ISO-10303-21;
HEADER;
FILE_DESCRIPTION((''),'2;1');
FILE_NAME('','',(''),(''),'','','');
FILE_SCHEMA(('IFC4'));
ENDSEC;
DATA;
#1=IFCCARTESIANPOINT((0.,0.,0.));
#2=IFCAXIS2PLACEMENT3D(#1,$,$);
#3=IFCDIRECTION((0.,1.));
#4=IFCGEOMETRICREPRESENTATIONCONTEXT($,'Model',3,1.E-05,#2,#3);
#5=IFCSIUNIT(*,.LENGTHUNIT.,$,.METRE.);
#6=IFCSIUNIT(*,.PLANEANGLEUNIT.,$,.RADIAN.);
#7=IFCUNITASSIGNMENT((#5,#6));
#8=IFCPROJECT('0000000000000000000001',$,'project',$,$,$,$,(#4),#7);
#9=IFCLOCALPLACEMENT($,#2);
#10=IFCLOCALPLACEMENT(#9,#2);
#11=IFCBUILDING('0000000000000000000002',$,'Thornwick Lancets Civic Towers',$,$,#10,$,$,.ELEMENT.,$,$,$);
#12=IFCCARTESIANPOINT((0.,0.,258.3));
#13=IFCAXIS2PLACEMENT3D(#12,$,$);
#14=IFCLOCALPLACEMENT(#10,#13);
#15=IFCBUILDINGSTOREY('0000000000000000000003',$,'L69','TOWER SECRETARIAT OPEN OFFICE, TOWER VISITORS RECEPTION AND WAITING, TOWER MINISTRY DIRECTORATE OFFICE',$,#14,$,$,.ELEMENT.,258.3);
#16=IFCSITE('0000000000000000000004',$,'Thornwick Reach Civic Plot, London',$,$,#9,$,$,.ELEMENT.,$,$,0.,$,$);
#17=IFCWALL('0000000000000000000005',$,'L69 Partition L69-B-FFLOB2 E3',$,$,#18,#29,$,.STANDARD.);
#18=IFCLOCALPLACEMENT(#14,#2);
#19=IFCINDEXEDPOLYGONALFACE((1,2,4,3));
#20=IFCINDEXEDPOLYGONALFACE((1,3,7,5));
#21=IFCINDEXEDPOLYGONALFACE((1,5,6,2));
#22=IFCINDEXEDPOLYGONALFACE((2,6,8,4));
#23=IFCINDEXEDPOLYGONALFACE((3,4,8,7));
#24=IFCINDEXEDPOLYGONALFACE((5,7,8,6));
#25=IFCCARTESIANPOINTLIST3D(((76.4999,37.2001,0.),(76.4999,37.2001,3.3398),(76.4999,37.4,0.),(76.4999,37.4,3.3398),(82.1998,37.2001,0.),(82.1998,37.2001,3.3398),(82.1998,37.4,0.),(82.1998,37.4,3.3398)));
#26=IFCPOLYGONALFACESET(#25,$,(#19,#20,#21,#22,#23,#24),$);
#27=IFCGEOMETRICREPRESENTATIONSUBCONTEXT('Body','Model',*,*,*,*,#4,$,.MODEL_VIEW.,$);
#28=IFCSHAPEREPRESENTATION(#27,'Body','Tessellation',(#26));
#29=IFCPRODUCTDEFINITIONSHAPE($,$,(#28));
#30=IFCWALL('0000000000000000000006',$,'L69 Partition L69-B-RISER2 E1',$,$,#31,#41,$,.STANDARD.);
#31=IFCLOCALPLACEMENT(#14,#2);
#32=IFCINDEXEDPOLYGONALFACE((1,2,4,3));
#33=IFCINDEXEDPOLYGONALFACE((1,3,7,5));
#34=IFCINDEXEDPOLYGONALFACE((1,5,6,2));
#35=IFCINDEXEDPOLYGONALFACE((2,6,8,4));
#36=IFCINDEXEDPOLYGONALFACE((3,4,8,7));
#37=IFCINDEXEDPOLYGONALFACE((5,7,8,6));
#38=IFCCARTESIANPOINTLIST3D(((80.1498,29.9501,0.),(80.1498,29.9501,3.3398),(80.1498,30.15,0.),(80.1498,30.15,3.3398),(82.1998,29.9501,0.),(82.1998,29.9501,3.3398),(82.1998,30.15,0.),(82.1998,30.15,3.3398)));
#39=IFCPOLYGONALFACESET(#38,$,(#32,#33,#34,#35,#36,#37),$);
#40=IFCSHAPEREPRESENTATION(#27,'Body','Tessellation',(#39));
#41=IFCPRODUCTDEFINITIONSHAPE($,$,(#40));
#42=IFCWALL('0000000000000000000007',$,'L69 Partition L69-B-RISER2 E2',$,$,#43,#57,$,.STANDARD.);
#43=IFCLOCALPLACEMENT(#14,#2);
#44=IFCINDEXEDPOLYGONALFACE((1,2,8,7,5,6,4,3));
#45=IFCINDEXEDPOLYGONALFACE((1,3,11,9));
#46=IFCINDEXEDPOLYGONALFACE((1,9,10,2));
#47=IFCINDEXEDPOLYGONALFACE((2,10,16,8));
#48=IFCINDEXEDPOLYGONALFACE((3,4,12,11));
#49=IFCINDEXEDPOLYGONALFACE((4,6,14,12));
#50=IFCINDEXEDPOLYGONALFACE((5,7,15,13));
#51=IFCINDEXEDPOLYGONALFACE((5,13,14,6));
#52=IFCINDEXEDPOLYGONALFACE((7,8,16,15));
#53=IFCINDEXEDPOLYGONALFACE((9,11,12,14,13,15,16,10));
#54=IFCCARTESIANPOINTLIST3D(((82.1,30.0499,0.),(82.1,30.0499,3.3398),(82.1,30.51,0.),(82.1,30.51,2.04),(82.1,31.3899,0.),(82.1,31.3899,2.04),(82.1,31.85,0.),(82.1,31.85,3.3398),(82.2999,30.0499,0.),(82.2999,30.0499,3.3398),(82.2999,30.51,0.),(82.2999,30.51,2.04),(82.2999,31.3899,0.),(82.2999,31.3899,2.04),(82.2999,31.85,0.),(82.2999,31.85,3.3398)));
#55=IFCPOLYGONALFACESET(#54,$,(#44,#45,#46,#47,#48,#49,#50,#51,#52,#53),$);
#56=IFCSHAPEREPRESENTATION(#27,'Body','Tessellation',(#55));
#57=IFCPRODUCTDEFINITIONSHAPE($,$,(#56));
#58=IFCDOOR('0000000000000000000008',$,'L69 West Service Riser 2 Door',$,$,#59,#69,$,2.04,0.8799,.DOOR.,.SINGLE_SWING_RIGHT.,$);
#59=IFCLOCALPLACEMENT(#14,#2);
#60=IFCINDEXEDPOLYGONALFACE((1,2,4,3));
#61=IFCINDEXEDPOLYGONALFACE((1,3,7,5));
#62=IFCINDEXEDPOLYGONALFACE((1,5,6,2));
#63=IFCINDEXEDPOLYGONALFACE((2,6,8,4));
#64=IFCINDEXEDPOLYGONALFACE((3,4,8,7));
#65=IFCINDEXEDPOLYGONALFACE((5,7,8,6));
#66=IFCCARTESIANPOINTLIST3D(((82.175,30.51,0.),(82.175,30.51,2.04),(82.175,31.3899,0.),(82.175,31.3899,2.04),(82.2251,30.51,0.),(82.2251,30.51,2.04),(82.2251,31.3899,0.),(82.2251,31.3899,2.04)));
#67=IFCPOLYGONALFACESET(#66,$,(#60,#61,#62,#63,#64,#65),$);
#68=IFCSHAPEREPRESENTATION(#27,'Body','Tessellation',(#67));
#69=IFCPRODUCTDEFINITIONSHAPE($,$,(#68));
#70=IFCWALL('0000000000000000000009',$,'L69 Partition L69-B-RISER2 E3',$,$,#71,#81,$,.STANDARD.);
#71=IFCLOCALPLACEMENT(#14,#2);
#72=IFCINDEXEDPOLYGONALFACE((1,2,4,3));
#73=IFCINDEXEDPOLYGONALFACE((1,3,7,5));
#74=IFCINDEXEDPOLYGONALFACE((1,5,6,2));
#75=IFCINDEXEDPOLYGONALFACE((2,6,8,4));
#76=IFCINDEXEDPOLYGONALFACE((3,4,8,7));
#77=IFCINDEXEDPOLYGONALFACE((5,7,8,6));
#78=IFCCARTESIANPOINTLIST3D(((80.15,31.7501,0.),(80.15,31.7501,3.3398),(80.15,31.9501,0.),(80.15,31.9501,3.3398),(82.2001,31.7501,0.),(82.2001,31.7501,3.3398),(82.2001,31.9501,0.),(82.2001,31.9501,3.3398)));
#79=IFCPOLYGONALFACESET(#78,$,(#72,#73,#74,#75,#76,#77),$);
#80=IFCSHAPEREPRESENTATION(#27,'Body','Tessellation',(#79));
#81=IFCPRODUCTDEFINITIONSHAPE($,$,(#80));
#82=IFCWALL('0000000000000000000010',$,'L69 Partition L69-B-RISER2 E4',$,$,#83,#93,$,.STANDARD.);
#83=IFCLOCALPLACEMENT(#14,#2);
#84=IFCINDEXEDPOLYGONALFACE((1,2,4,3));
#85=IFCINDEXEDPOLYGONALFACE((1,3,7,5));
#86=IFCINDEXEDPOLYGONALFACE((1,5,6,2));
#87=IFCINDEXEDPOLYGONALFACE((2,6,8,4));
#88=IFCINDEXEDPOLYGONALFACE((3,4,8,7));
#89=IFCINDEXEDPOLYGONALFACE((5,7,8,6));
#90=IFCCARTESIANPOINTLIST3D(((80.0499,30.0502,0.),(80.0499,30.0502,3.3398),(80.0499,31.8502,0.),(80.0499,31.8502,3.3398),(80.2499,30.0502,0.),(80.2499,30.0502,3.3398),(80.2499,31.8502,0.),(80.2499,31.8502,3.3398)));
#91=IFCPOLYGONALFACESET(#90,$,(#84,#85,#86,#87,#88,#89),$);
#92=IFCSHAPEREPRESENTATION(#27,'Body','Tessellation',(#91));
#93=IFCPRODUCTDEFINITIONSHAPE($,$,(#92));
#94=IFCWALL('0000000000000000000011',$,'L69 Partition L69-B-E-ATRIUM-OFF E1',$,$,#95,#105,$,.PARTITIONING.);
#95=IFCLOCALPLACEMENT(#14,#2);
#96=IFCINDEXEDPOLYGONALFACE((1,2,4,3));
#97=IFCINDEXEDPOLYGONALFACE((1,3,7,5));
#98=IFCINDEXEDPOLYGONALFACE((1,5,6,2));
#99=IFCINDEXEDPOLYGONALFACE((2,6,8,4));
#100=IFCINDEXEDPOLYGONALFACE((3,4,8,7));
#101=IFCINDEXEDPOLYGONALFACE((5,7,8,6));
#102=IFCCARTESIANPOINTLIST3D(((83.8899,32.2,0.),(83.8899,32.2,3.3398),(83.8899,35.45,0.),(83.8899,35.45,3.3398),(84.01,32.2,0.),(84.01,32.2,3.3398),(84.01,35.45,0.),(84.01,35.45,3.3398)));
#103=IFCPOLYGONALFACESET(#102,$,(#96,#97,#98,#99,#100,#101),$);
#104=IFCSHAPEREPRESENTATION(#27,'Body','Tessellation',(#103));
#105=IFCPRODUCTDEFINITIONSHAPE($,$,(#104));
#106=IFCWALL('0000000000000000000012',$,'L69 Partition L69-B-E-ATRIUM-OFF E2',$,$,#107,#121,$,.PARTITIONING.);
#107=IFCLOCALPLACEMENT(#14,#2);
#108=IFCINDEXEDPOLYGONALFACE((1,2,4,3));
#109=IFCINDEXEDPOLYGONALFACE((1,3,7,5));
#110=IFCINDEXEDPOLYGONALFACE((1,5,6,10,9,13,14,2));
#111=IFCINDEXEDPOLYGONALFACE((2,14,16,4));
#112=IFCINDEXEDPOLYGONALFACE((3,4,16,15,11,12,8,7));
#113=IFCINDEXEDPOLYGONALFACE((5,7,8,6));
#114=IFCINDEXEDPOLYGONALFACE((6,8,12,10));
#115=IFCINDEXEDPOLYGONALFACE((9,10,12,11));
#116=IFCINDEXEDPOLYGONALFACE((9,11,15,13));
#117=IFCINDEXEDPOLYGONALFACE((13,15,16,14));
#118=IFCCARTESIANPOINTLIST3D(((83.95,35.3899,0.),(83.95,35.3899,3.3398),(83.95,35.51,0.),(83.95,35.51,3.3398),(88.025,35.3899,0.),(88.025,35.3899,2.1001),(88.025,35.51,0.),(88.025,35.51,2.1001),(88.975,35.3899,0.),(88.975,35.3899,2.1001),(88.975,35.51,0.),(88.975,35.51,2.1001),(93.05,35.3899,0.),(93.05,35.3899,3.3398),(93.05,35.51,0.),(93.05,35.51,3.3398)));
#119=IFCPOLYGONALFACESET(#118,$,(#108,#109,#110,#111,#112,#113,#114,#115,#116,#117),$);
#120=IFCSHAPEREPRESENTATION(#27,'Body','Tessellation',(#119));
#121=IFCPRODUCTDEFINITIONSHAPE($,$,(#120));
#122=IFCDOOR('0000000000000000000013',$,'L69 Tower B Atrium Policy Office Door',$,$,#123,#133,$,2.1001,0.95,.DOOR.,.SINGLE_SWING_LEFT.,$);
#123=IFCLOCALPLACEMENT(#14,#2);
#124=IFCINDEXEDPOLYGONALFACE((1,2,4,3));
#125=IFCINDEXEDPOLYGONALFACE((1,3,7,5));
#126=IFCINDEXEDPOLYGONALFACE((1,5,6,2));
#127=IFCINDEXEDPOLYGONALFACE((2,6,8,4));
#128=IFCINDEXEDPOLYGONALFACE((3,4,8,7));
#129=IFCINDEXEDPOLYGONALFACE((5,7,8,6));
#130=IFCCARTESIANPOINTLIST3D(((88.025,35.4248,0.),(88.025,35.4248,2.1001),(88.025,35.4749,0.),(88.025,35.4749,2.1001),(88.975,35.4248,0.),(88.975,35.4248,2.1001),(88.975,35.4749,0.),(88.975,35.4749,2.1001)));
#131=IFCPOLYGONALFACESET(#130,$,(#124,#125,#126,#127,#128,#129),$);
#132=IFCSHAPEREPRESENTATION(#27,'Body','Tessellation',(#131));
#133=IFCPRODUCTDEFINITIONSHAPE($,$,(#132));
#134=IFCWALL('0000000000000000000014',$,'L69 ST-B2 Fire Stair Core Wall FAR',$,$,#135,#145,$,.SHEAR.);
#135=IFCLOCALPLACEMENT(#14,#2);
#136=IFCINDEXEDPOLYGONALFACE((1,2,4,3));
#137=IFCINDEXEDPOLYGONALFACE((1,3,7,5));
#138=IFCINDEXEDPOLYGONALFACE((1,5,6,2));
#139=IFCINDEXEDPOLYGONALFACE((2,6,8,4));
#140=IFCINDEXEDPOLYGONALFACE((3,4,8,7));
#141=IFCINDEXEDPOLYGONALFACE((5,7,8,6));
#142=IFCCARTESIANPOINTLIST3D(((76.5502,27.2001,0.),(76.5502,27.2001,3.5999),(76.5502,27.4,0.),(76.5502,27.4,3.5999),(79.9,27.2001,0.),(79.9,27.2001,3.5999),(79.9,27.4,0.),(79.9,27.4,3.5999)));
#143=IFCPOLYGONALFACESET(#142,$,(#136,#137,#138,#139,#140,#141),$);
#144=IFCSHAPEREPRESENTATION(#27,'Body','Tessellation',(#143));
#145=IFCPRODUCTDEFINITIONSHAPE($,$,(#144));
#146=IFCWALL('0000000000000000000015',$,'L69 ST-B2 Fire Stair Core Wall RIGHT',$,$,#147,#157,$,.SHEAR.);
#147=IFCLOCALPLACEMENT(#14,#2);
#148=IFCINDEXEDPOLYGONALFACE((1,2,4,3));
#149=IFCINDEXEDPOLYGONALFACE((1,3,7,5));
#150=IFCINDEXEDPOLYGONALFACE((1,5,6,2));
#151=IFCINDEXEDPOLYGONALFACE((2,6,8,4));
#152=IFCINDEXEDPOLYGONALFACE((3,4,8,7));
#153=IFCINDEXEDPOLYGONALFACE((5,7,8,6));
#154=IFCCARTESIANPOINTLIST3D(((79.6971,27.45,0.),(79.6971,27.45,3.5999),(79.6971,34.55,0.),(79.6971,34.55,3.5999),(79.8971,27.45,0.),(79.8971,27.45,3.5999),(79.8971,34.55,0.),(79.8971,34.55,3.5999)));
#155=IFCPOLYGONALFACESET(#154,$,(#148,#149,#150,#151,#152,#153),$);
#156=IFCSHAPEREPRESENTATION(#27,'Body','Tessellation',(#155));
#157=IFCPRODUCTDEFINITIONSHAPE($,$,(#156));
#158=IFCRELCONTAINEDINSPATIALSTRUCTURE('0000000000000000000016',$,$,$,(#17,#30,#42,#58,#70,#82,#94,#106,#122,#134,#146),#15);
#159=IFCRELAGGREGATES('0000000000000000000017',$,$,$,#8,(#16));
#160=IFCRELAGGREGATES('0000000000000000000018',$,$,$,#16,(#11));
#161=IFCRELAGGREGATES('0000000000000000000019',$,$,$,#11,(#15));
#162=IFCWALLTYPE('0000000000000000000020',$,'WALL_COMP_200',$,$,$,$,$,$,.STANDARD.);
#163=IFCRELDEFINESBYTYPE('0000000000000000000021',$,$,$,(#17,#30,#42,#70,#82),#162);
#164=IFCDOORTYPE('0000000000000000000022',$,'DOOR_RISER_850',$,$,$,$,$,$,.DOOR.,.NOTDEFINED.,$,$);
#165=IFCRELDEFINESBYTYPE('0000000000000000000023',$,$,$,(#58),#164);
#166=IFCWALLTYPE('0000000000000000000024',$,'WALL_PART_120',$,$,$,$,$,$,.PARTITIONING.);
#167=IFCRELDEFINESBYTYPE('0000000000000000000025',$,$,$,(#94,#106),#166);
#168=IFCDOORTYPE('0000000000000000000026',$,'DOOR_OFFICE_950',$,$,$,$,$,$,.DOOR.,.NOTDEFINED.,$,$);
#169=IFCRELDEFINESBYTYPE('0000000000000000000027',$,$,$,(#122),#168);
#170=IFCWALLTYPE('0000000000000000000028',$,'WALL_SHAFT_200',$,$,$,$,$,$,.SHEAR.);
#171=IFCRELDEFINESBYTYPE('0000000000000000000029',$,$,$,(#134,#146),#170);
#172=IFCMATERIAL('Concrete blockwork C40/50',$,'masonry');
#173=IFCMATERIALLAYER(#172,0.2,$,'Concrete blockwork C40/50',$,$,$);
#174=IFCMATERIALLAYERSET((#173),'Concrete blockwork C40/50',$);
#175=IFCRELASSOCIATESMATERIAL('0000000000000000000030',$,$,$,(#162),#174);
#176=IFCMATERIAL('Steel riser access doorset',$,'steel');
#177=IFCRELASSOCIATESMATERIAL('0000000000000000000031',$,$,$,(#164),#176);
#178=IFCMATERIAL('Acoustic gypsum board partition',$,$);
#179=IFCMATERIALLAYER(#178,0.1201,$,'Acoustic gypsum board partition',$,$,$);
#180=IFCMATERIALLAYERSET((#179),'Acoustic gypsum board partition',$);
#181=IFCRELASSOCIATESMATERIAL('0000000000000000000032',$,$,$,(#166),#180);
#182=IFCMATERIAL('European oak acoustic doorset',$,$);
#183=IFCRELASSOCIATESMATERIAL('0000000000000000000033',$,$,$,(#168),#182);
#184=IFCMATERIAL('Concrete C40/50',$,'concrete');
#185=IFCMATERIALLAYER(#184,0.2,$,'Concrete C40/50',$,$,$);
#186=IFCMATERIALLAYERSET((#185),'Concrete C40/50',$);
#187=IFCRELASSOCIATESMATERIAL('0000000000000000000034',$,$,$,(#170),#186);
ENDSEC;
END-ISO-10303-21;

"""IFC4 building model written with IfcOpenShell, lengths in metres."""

from ifc_helpers import new_model, si_unit, direction, frame, frame_2d, origin, place, context, subcontext, project, spatial, rectangle, extrude, material, layer, layer_set, type_object, element, fill, save


model = new_model("IFC4")

# Units and contexts
model_context = context("Model", 3, precision=1e-05, world=origin(), true_north=direction((0.0, 1.0)))
body_context = subcontext(model_context, "Body", "Model", "MODEL_VIEW")
ifc_project = project(units=[si_unit("LENGTHUNIT", "METRE"), si_unit("PLANEANGLEUNIT", "RADIAN")], contexts=[model_context])

# Site, building, storey
site_placement = place(None, origin())
site = spatial("IfcSite", under=ifc_project, at=site_placement, Name="Thornwick Reach Civic Plot, London", CompositionType="ELEMENT", RefElevation=0.0)
building_placement = place(site_placement, origin())
building = spatial("IfcBuilding", under=site, at=building_placement, Name="Thornwick Lancets Civic Towers", CompositionType="ELEMENT")
storey_placement = place(building_placement, frame((0.0, 0.0, 258.3)))
storey = spatial("IfcBuildingStorey", under=building, at=storey_placement, Name="L69", Description="TOWER SECRETARIAT OPEN OFFICE, TOWER VISITORS RECEPTION AND WAITING, TOWER MINISTRY DIRECTORATE OFFICE", CompositionType="ELEMENT", Elevation=258.3)

# Shared definitions
ifc_material_1 = material(Name="Concrete blockwork C40/50", Category="masonry")
ifc_layer_1 = layer(ifc_material_1, 0.2, Name="Concrete blockwork C40/50")
ifc_layer_set_1 = layer_set([ifc_layer_1], Name="Concrete blockwork C40/50")
wall_type_1 = type_object("IfcWallType", Name="WALL_COMP_200", PredefinedType="STANDARD", material=ifc_layer_set_1)

# Walls
wall_1_placement = place(storey_placement, frame((82.2, 37.3, 0.0), z_axis=(0.0, 0.0, 1.0), x_axis=(-1.0, 0.0, 0.0)))
element("IfcWall", 1, at=wall_1_placement, inside=storey, type_object=wall_type_1, Name="L69 Partition L69-B-FFLOB2 E3", PredefinedType="STANDARD", context=body_context, shape_type="SweptSolid", body=[
    extrude(rectangle(XDim=5.7, YDim=0.2, at=frame_2d((2.8501, 0.0))), origin(), (0.0, 0.0, 1.0), 3.3398),
])
wall_2_placement = place(storey_placement, frame((80.1499, 30.05, 0.0), z_axis=(0.0, 0.0, 1.0), x_axis=(1.0, 0.0, 0.0)))
element("IfcWall", 2, at=wall_2_placement, inside=storey, type_object=wall_type_1, Name="L69 Partition L69-B-RISER2 E1", PredefinedType="STANDARD", context=body_context, shape_type="SweptSolid", body=[
    extrude(rectangle(XDim=2.05, YDim=0.2, at=frame_2d((1.0249, 0.0))), origin(), (0.0, 0.0, 1.0), 3.3398),
])

# Wall, opening, door
wall_3_placement = place(storey_placement, frame((82.2, 30.05, 0.0), z_axis=(0.0, 0.0, 1.0), x_axis=(0.0, 1.0, 0.0)))
wall_3 = element("IfcWall", 3, at=wall_3_placement, inside=storey, type_object=wall_type_1, Name="L69 Partition L69-B-RISER2 E2", PredefinedType="STANDARD", context=body_context, shape_type="SweptSolid", body=[
    extrude(rectangle(XDim=1.8, YDim=0.2, at=frame_2d((0.8999, 0.0))), origin(), (0.0, 0.0, 1.0), 3.3398),
])
opening_1_placement = place(wall_3_placement, frame((0.46, 0.0, 0.0)))
opening_1 = element("IfcOpeningElement", 4, at=opening_1_placement, cuts=wall_3, PredefinedType="OPENING", context=body_context, shape_type="SweptSolid", body=[
    extrude(rectangle(XDim=0.8799, YDim=2.04, at=frame_2d((0.4399, 1.02))), frame((0.0, 0.1099, 0.0), z_axis=(0.0, -1.0, 0.0), x_axis=(1.0, 0.0, 0.0)), (0.0, 0.0, 1.0), 0.22),
])
ifc_material_2 = material(Name="Steel riser access doorset", Category="steel")
door_type_1 = type_object("IfcDoorType", Name="DOOR_RISER_850", OperationType="NOTDEFINED", PredefinedType="DOOR", material=ifc_material_2)
door_1_placement = place(opening_1_placement, origin())
door_1 = element("IfcDoor", 5, at=door_1_placement, inside=storey, type_object=door_type_1, Name="L69 West Service Riser 2 Door", OperationType="SINGLE_SWING_RIGHT", OverallHeight=2.04, OverallWidth=0.8799, PredefinedType="DOOR", context=body_context, shape_type="SweptSolid", body=[
    extrude(rectangle(XDim=0.8799, YDim=2.04, at=frame_2d((0.4399, 1.02))), frame((0.0, 0.0249, 0.0), z_axis=(0.0, -1.0, 0.0), x_axis=(1.0, 0.0, 0.0)), (0.0, 0.0, 1.0), 0.05),
])
fill(opening_1, door_1)

# Walls
wall_4_placement = place(storey_placement, frame((82.2, 31.8501, 0.0), z_axis=(0.0, 0.0, 1.0), x_axis=(-1.0, 0.0, 0.0)))
element("IfcWall", 6, at=wall_4_placement, inside=storey, type_object=wall_type_1, Name="L69 Partition L69-B-RISER2 E3", PredefinedType="STANDARD", context=body_context, shape_type="SweptSolid", body=[
    extrude(rectangle(XDim=2.05, YDim=0.2, at=frame_2d((1.0249, 0.0))), origin(), (0.0, 0.0, 1.0), 3.3398),
])
wall_5_placement = place(storey_placement, frame((80.1499, 31.8501, 0.0), z_axis=(0.0, 0.0, 1.0), x_axis=(0.0, -1.0, 0.0)))
element("IfcWall", 7, at=wall_5_placement, inside=storey, type_object=wall_type_1, Name="L69 Partition L69-B-RISER2 E4", PredefinedType="STANDARD", context=body_context, shape_type="SweptSolid", body=[
    extrude(rectangle(XDim=1.8, YDim=0.2, at=frame_2d((0.8999, 0.0))), origin(), (0.0, 0.0, 1.0), 3.3398),
])
ifc_material_3 = material(Name="Acoustic gypsum board partition")
ifc_layer_2 = layer(ifc_material_3, 0.1201, Name="Acoustic gypsum board partition")
ifc_layer_set_2 = layer_set([ifc_layer_2], Name="Acoustic gypsum board partition")
wall_type_2 = type_object("IfcWallType", Name="WALL_PART_120", PredefinedType="PARTITIONING", material=ifc_layer_set_2)
wall_6_placement = place(storey_placement, frame((83.95, 32.2, 0.0), z_axis=(0.0, 0.0, 1.0), x_axis=(0.0, 1.0, 0.0)))
element("IfcWall", 8, at=wall_6_placement, inside=storey, type_object=wall_type_2, Name="L69 Partition L69-B-E-ATRIUM-OFF E1", PredefinedType="PARTITIONING", context=body_context, shape_type="SweptSolid", body=[
    extrude(rectangle(XDim=3.25, YDim=0.1201, at=frame_2d((1.625, 0.0))), origin(), (0.0, 0.0, 1.0), 3.3398),
])

# Wall, opening, door
wall_7_placement = place(storey_placement, frame((83.95, 35.45, 0.0), z_axis=(0.0, 0.0, 1.0), x_axis=(1.0, 0.0, 0.0)))
wall_7 = element("IfcWall", 9, at=wall_7_placement, inside=storey, type_object=wall_type_2, Name="L69 Partition L69-B-E-ATRIUM-OFF E2", PredefinedType="PARTITIONING", context=body_context, shape_type="SweptSolid", body=[
    extrude(rectangle(XDim=9.1001, YDim=0.1201, at=frame_2d((4.55, 0.0))), origin(), (0.0, 0.0, 1.0), 3.3398),
])
opening_2_placement = place(wall_7_placement, frame((4.075, 0.0, 0.0)))
opening_2 = element("IfcOpeningElement", 10, at=opening_2_placement, cuts=wall_7, PredefinedType="OPENING", context=body_context, shape_type="SweptSolid", body=[
    extrude(rectangle(XDim=0.95, YDim=2.1001, at=frame_2d((0.4751, 1.05))), frame((0.0, 0.0701, 0.0), z_axis=(0.0, -1.0, 0.0), x_axis=(1.0, 0.0, 0.0)), (0.0, 0.0, 1.0), 0.1401),
])
ifc_material_4 = material(Name="European oak acoustic doorset")
door_type_2 = type_object("IfcDoorType", Name="DOOR_OFFICE_950", OperationType="NOTDEFINED", PredefinedType="DOOR", material=ifc_material_4)
door_2_placement = place(opening_2_placement, origin())
door_2 = element("IfcDoor", 11, at=door_2_placement, inside=storey, type_object=door_type_2, Name="L69 Tower B Atrium Policy Office Door", OperationType="SINGLE_SWING_LEFT", OverallHeight=2.1001, OverallWidth=0.95, PredefinedType="DOOR", context=body_context, shape_type="SweptSolid", body=[
    extrude(rectangle(XDim=0.95, YDim=2.1001, at=frame_2d((0.4751, 1.05))), frame((0.0, 0.0249, 0.0), z_axis=(0.0, -1.0, 0.0), x_axis=(1.0, 0.0, 0.0)), (0.0, 0.0, 1.0), 0.05),
])
fill(opening_2, door_2)

# Walls
ifc_material_5 = material(Name="Concrete C40/50", Category="concrete")
ifc_layer_3 = layer(ifc_material_5, 0.2, Name="Concrete C40/50")
ifc_layer_set_3 = layer_set([ifc_layer_3], Name="Concrete C40/50")
wall_type_3 = type_object("IfcWallType", Name="WALL_SHAFT_200", PredefinedType="SHEAR", material=ifc_layer_set_3)
wall_8_placement = place(storey_placement, frame((79.8999, 27.3, 0.0), z_axis=(0.0, 0.0, 1.0), x_axis=(-1.0, 0.0, 0.0)))
element("IfcWall", 12, at=wall_8_placement, inside=storey, type_object=wall_type_3, Name="L69 ST-B2 Fire Stair Core Wall FAR", PredefinedType="SHEAR", context=body_context, shape_type="SweptSolid", body=[
    extrude(rectangle(XDim=3.3499, YDim=0.2, at=frame_2d((1.6748, 0.0))), origin(), (0.0, 0.0, 1.0), 3.5999),
])
wall_9_placement = place(storey_placement, frame((79.7971, 27.45, 0.0), z_axis=(0.0, 0.0, 1.0), x_axis=(0.0, 1.0, 0.0)))
element("IfcWall", 13, at=wall_9_placement, inside=storey, type_object=wall_type_3, Name="L69 ST-B2 Fire Stair Core Wall RIGHT", PredefinedType="SHEAR", context=body_context, shape_type="SweptSolid", body=[
    extrude(rectangle(XDim=7.1001, YDim=0.2, at=frame_2d((3.55, 0.0))), origin(), (0.0, 0.0, 1.0), 3.5999),
])

save(model, "model.ifc")
